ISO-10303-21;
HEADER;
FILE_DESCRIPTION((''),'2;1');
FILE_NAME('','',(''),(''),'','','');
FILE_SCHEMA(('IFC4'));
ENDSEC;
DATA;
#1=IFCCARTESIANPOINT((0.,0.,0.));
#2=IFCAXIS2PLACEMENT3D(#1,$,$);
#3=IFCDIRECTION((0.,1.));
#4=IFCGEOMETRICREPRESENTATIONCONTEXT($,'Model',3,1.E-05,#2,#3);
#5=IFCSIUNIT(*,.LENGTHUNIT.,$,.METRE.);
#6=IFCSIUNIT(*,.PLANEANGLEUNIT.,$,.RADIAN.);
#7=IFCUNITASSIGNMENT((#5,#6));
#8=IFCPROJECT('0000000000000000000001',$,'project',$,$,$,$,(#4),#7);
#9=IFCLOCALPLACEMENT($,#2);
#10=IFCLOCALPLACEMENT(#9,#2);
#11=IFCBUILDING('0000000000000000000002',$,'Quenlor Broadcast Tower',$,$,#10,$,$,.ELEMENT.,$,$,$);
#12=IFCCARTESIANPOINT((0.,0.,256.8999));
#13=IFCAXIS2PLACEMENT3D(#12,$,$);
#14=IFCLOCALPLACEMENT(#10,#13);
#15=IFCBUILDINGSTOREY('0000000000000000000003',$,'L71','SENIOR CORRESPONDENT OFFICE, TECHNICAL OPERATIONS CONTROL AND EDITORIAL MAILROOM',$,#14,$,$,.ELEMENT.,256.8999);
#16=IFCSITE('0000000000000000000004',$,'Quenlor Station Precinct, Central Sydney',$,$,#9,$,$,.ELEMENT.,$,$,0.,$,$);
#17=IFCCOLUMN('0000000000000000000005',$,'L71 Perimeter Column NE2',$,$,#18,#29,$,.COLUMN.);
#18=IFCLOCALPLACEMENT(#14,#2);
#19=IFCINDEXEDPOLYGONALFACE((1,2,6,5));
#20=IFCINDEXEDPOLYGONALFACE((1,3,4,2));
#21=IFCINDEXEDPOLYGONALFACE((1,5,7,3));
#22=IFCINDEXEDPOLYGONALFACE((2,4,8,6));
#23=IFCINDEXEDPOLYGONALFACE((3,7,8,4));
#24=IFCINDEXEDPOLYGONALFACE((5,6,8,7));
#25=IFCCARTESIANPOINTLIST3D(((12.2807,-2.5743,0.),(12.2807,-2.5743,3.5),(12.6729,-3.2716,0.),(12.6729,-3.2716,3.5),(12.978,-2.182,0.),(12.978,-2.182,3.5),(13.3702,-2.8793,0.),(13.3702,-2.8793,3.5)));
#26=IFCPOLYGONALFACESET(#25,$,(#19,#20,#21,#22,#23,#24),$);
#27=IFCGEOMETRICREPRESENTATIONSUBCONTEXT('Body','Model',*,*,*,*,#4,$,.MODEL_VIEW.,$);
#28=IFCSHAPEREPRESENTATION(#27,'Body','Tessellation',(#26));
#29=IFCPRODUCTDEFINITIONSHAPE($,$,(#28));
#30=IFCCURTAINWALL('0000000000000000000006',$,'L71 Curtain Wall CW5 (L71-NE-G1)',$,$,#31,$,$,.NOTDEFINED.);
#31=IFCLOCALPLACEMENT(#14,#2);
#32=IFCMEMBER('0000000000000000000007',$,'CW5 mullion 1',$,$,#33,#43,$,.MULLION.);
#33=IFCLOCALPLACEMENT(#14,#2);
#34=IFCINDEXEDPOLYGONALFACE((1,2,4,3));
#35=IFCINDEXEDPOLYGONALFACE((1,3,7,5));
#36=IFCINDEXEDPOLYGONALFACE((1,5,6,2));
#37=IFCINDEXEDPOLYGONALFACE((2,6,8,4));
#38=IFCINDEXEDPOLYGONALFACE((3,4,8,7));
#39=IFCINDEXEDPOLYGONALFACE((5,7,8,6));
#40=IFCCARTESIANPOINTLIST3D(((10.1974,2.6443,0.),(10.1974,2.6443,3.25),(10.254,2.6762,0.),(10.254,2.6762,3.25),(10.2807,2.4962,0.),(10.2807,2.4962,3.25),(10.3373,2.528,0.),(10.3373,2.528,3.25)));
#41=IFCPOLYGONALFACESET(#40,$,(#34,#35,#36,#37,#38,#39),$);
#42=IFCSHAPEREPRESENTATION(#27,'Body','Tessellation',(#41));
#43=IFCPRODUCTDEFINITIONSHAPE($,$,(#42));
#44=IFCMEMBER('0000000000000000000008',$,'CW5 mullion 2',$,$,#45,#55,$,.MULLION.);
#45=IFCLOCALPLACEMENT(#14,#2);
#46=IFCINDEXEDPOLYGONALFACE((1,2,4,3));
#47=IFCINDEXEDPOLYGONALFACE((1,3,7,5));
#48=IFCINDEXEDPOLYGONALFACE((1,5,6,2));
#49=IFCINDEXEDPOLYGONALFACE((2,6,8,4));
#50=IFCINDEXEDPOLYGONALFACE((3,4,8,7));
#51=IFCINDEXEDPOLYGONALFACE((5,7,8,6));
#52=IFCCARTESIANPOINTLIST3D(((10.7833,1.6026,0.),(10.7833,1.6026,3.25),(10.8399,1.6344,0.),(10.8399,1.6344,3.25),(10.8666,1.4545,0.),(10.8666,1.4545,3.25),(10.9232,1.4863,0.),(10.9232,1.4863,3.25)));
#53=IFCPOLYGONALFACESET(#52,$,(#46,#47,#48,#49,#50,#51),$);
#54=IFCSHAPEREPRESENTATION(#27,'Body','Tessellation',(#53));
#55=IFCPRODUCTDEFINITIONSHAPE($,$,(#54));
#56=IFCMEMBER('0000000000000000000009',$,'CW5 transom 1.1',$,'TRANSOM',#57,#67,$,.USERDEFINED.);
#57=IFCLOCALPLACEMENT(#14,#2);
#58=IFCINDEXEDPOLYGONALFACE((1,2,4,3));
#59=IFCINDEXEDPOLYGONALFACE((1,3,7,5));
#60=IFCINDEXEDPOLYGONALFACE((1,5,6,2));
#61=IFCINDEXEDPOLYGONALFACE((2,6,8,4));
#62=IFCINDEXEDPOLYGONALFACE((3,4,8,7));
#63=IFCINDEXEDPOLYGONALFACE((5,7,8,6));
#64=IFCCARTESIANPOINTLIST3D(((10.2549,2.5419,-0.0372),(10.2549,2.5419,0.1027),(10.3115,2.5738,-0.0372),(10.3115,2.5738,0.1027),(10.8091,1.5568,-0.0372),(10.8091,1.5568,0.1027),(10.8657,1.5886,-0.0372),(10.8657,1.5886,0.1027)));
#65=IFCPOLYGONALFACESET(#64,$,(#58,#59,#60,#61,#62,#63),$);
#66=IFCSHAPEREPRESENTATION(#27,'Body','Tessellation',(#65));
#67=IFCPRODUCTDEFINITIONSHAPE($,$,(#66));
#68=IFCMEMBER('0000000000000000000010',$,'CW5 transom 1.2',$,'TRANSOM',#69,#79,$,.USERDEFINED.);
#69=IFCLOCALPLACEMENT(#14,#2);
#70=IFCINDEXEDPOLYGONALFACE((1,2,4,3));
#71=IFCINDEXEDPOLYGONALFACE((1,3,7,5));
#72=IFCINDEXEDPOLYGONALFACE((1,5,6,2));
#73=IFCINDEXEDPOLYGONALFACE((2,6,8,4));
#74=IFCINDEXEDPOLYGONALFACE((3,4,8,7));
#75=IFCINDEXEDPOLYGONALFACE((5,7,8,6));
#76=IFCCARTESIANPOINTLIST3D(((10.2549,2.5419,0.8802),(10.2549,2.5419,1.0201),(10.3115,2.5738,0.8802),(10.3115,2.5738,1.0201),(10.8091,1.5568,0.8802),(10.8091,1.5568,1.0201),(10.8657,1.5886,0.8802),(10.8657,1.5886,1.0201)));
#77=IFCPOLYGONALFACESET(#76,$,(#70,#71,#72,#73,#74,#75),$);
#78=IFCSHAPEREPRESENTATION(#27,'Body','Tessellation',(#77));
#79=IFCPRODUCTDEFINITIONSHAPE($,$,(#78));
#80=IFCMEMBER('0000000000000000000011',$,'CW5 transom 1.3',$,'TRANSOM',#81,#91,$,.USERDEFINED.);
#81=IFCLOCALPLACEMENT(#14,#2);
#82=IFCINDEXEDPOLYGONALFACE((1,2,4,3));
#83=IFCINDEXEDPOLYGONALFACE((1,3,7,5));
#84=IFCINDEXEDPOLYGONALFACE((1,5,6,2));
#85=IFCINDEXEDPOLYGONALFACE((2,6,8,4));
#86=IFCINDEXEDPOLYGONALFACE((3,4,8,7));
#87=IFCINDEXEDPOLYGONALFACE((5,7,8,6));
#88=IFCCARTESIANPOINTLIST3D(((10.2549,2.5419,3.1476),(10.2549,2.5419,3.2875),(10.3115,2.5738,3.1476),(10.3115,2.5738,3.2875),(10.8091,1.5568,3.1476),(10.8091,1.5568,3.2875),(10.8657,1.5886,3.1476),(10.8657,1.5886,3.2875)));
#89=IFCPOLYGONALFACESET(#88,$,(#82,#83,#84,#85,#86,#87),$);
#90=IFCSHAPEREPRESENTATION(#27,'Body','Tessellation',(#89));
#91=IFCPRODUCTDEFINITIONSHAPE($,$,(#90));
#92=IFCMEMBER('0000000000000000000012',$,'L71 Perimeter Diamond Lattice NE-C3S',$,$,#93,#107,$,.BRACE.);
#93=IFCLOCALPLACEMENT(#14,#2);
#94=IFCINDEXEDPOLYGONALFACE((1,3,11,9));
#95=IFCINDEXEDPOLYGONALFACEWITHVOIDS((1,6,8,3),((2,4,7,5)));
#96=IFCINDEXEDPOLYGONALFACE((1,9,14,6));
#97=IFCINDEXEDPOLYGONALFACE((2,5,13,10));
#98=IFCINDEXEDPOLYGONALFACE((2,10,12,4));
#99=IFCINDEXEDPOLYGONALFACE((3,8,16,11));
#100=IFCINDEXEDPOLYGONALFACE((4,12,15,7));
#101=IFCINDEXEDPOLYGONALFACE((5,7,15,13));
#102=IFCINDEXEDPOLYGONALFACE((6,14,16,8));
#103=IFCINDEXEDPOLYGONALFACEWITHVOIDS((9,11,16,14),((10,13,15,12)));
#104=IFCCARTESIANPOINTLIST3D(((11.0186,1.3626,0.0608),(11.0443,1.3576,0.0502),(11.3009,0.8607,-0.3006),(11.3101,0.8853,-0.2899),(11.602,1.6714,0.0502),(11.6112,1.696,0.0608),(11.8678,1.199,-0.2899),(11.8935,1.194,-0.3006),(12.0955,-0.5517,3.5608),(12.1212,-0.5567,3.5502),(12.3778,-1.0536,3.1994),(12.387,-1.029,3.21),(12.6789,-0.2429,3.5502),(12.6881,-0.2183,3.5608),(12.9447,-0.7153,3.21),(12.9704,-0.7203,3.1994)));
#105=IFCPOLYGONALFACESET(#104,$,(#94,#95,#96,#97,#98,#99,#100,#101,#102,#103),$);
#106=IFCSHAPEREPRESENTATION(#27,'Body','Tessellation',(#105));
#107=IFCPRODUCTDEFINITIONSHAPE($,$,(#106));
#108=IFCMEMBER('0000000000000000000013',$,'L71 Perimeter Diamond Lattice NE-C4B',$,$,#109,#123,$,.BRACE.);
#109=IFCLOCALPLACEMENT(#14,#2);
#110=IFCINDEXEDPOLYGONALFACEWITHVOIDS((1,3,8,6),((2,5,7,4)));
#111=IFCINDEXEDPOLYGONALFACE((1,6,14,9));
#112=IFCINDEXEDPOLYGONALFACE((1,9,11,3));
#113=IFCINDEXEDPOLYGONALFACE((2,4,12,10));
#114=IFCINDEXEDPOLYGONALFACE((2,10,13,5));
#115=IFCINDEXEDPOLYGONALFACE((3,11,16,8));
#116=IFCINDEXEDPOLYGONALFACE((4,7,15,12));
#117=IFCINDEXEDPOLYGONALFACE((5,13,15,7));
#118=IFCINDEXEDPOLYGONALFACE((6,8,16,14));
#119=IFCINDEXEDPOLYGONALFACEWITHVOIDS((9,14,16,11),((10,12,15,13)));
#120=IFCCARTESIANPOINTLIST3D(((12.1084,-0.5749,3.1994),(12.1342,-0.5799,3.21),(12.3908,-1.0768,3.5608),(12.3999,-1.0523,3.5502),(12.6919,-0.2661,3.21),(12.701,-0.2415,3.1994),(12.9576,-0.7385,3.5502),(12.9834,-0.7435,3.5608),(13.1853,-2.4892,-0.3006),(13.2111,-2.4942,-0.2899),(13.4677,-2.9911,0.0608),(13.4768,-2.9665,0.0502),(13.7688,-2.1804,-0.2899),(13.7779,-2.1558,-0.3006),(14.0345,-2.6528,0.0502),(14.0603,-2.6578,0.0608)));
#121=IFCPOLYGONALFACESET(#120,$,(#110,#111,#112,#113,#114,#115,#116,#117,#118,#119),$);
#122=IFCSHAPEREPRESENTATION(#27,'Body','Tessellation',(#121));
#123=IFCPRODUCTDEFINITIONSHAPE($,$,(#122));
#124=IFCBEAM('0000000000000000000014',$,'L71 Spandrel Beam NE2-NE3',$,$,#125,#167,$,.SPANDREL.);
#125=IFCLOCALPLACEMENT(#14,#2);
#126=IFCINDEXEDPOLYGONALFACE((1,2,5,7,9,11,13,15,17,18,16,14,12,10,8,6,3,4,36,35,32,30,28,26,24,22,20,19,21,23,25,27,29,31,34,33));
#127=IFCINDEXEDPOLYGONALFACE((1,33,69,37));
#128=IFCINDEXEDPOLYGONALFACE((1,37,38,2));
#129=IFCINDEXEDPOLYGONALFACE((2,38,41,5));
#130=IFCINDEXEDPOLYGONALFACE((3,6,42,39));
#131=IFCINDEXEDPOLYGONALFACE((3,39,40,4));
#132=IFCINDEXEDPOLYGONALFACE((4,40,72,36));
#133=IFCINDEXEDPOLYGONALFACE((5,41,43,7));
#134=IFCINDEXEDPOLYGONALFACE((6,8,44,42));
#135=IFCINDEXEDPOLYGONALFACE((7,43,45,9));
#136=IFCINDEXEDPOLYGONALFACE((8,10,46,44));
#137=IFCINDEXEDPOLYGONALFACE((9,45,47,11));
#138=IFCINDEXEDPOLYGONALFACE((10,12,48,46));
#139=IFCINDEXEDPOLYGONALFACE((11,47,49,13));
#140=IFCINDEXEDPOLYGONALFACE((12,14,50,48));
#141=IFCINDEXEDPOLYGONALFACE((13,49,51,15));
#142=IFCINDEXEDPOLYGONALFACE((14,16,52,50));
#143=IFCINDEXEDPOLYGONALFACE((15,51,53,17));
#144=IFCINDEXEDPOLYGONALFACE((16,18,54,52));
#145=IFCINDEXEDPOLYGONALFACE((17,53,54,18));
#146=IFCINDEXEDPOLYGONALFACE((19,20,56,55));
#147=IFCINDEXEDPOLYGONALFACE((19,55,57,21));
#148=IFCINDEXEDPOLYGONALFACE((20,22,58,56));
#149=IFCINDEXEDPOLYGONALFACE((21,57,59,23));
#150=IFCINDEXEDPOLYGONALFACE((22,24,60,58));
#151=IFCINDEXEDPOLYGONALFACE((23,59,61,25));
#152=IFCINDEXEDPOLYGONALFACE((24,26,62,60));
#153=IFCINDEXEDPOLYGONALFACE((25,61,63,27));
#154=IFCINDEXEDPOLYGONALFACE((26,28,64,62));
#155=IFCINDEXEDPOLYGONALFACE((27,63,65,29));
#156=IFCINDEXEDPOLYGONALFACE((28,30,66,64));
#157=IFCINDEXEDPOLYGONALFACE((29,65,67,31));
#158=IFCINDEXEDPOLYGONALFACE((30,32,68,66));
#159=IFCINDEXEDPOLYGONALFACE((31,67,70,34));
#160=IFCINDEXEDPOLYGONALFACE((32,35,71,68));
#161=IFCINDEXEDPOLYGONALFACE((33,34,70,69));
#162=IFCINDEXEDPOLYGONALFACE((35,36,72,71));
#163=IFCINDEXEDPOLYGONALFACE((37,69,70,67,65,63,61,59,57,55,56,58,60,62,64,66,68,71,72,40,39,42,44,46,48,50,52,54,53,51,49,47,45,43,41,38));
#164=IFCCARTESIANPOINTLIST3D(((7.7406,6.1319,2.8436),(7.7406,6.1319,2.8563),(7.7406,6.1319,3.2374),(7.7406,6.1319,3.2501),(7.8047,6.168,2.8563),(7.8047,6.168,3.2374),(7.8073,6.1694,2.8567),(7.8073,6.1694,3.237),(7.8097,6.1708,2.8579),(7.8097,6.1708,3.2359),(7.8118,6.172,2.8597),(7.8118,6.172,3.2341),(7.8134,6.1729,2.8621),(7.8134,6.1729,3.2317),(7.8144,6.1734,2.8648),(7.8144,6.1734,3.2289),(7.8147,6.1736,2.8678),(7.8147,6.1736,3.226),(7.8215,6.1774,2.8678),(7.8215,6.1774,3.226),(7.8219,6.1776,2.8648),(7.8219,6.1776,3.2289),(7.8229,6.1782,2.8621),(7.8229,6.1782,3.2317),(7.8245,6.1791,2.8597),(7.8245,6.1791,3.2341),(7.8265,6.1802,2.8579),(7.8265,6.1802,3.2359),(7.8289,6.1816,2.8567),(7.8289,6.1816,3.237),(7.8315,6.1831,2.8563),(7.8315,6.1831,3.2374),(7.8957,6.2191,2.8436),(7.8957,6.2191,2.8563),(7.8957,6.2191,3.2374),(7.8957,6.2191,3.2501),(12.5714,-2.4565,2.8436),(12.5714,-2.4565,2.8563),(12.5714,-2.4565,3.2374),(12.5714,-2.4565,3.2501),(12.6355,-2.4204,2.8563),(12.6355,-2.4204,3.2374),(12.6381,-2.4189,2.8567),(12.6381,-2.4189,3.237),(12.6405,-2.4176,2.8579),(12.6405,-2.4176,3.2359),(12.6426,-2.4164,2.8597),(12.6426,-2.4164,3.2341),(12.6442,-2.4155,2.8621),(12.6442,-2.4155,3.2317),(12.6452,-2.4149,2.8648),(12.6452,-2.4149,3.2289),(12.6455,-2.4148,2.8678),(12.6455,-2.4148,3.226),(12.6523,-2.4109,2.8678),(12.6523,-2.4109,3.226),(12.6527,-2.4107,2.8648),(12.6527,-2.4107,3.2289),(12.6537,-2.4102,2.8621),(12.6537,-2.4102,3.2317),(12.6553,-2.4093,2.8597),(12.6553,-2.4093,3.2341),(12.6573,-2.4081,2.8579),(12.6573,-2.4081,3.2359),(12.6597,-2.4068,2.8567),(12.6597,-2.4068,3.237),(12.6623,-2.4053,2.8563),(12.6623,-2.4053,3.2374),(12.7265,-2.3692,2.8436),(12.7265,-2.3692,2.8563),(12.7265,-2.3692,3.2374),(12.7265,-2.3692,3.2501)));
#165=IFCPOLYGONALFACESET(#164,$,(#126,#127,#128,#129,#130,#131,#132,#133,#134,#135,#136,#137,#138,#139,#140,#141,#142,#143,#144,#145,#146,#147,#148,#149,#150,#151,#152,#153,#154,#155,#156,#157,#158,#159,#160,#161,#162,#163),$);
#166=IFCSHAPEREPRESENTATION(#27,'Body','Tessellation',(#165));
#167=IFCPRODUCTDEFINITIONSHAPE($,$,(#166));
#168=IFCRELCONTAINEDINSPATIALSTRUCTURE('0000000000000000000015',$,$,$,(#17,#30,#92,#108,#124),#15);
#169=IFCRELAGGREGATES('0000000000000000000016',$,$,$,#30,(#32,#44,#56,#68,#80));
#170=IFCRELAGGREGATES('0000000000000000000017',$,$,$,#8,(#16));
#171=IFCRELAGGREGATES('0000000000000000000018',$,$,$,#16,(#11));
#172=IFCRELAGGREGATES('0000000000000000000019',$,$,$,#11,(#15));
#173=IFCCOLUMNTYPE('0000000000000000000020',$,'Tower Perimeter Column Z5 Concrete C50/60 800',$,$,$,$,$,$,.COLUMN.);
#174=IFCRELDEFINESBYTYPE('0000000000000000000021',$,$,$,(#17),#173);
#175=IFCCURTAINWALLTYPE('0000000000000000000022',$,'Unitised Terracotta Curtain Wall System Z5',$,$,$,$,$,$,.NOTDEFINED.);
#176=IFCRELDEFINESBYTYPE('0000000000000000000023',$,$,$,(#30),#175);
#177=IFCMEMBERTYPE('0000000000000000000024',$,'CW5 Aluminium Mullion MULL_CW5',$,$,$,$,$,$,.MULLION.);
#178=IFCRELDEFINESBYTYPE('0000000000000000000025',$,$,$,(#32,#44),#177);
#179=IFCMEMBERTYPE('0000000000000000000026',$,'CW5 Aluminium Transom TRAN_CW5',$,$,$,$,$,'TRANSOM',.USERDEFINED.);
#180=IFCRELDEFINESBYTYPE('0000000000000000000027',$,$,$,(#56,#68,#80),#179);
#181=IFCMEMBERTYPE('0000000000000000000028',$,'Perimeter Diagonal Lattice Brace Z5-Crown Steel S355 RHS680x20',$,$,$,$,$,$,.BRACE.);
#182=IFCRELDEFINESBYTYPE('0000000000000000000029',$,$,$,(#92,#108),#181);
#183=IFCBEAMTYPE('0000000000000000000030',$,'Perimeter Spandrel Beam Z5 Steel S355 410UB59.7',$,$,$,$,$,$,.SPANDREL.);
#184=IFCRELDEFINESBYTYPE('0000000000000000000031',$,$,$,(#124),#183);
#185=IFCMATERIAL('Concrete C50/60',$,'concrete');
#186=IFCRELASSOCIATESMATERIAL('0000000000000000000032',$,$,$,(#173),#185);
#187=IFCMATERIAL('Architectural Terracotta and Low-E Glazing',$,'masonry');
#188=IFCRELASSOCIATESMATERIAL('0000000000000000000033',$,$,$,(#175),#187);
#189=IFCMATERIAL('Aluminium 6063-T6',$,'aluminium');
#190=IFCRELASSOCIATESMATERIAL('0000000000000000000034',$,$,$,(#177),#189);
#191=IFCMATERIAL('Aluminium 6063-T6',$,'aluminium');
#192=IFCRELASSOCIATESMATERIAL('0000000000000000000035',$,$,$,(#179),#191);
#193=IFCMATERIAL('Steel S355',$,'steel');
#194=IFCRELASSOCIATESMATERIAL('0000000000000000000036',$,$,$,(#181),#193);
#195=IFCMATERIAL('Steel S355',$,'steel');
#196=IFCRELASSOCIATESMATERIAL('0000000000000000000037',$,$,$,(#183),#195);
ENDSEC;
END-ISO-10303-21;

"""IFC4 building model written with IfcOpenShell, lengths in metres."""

from ifc_helpers import new_model, si_unit, direction, frame, origin, origin_2d, place, context, subcontext, project, spatial, rectangle, hollow_rectangle, i_section, extrude, material, material_profile, profile_set, type_object, element, aggregate, save


model = new_model("IFC4")

# Units and contexts
model_context = context("Model", 3, precision=1e-05, world=origin(), true_north=direction((0.0, 1.0)))
body_context = subcontext(model_context, "Body", "Model", "MODEL_VIEW")
ifc_project = project(units=[si_unit("LENGTHUNIT", "METRE"), si_unit("PLANEANGLEUNIT", "RADIAN")], contexts=[model_context])

# Site, building, storey
site_placement = place(None, origin())
site = spatial("IfcSite", under=ifc_project, at=site_placement, Name="Quenlor Station Precinct, Central Sydney", CompositionType="ELEMENT", RefElevation=0.0)
building_placement = place(site_placement, origin())
building = spatial("IfcBuilding", under=site, at=building_placement, Name="Quenlor Broadcast Tower", CompositionType="ELEMENT")
storey_placement = place(building_placement, frame((0.0, 0.0, 256.8999)))
storey = spatial("IfcBuildingStorey", under=building, at=storey_placement, Name="L71", Description="SENIOR CORRESPONDENT OFFICE, TECHNICAL OPERATIONS CONTROL AND EDITORIAL MAILROOM", CompositionType="ELEMENT", Elevation=256.8999)

# Column
ifc_material_1 = material(Name="Concrete C50/60", Category="concrete")
ifc_material_profile_1 = material_profile(ifc_material_1, rectangle(XDim=0.8, YDim=0.8, at=origin_2d()))
ifc_profile_set_1 = profile_set([ifc_material_profile_1], Name="Concrete C50/60 RC800x800")
column_type = type_object("IfcColumnType", Name="Tower Perimeter Column Z5 Concrete C50/60 800", PredefinedType="COLUMN", material=ifc_profile_set_1)
column_placement = place(storey_placement, frame((12.8254, -2.7268, 0.0), z_axis=(0.0, 0.0, 1.0), x_axis=(0.871575, 0.490262, 0.0)))
element("IfcColumn", 1, at=column_placement, inside=storey, type_object=column_type, Name="L71 Perimeter Column NE2", PredefinedType="COLUMN", context=body_context, shape_type="SweptSolid", body=[
    extrude(rectangle(XDim=0.8, YDim=0.8, at=origin_2d()), origin(), (0.0, 0.0, 1.0), 3.5),
])

# Curtain wall, members
ifc_material_2 = material(Name="Architectural Terracotta and Low-E Glazing", Category="masonry")
curtain_wall_type = type_object("IfcCurtainWallType", Name="Unitised Terracotta Curtain Wall System Z5", PredefinedType="NOTDEFINED", material=ifc_material_2)
curtain_wall_placement = place(storey_placement, origin())
curtain_wall = element("IfcCurtainWall", 2, at=curtain_wall_placement, inside=storey, type_object=curtain_wall_type, Name="L71 Curtain Wall CW5 (L71-NE-G1)", PredefinedType="NOTDEFINED")
ifc_material_3 = material(Name="Aluminium 6063-T6", Category="aluminium")
ifc_material_profile_2 = material_profile(ifc_material_3, rectangle(XDim=0.0649, YDim=0.1699, at=origin_2d()))
ifc_profile_set_2 = profile_set([ifc_material_profile_2], Name="Aluminium 6063-T6 MULL65x170")
member_type_1 = type_object("IfcMemberType", Name="CW5 Aluminium Mullion MULL_CW5", PredefinedType="MULLION", material=ifc_profile_set_2)
member_1_placement = place(storey_placement, frame((10.2673, 2.5862, 0.0), z_axis=(0.0, 0.0, 1.0), x_axis=(0.871592, 0.490231, 0.0)))
member_1 = element("IfcMember", 3, at=member_1_placement, type_object=member_type_1, Name="CW5 mullion 1", PredefinedType="MULLION", context=body_context, shape_type="SweptSolid", body=[
    extrude(rectangle(XDim=0.0649, YDim=0.1699, at=origin_2d()), origin(), (0.0, 0.0, 1.0), 3.25),
])
member_2_placement = place(storey_placement, frame((10.8533, 1.5444, 0.0), z_axis=(0.0, 0.0, 1.0), x_axis=(0.871592, 0.490231, 0.0)))
member_2 = element("IfcMember", 4, at=member_2_placement, type_object=member_type_1, Name="CW5 mullion 2", PredefinedType="MULLION", context=body_context, shape_type="SweptSolid", body=[
    extrude(rectangle(XDim=0.0649, YDim=0.1699, at=origin_2d()), origin(), (0.0, 0.0, 1.0), 3.25),
])
ifc_material_4 = material(Name="Aluminium 6063-T6", Category="aluminium")
ifc_material_profile_3 = material_profile(ifc_material_4, rectangle(XDim=0.0649, YDim=0.1399, at=origin_2d()))
ifc_profile_set_3 = profile_set([ifc_material_profile_3], Name="Aluminium 6063-T6 TRAN65x140")
member_type_2 = type_object("IfcMemberType", Name="CW5 Aluminium Transom TRAN_CW5", ElementType="TRANSOM", PredefinedType="USERDEFINED", material=ifc_profile_set_3)
member_3_placement = place(storey_placement, frame((10.2832, 2.5579, 0.0327), z_axis=(0.490313, -0.871547, 0.0), x_axis=(0.871547, 0.490313, 0.0)))
member_3 = element("IfcMember", 5, at=member_3_placement, type_object=member_type_2, Name="CW5 transom 1.1", ObjectType="TRANSOM", PredefinedType="USERDEFINED", context=body_context, shape_type="SweptSolid", body=[
    extrude(rectangle(XDim=0.0649, YDim=0.1399, at=origin_2d()), origin(), (0.0, 0.0, 1.0), 1.1304),
])
member_4_placement = place(storey_placement, frame((10.2832, 2.5579, 0.9502), z_axis=(0.490313, -0.871547, 0.0), x_axis=(0.871547, 0.490313, 0.0)))
member_4 = element("IfcMember", 6, at=member_4_placement, type_object=member_type_2, Name="CW5 transom 1.2", ObjectType="TRANSOM", PredefinedType="USERDEFINED", context=body_context, shape_type="SweptSolid", body=[
    extrude(rectangle(XDim=0.0649, YDim=0.1399, at=origin_2d()), origin(), (0.0, 0.0, 1.0), 1.1304),
])
member_5_placement = place(storey_placement, frame((10.2832, 2.5579, 3.2175), z_axis=(0.490313, -0.871547, 0.0), x_axis=(0.871547, 0.490313, 0.0)))
member_5 = element("IfcMember", 7, at=member_5_placement, type_object=member_type_2, Name="CW5 transom 1.3", ObjectType="TRANSOM", PredefinedType="USERDEFINED", context=body_context, shape_type="SweptSolid", body=[
    extrude(rectangle(XDim=0.0649, YDim=0.1399, at=origin_2d()), origin(), (0.0, 0.0, 1.0), 1.1304),
])

# Members
ifc_material_5 = material(Name="Steel S355", Category="steel")
ifc_material_profile_4 = material_profile(ifc_material_5, hollow_rectangle(XDim=0.6799, YDim=0.6799, WallThickness=0.02, at=origin_2d()))
ifc_profile_set_4 = profile_set([ifc_material_profile_4], Name="Steel S355 RHS680x680x20")
member_type_3 = type_object("IfcMemberType", Name="Perimeter Diagonal Lattice Brace Z5-Crown Steel S355 RHS680x20", PredefinedType="BRACE", material=ifc_profile_set_4)
for number, where, z_axis, x_axis, name in (
    (8, (11.4561, 1.2783, -0.1199), (0.260619, -0.463276, 0.847026), (0.871555, 0.490298, 0.0), "L71 Perimeter Diamond Lattice NE-C3S"),
    (9, (13.6228, -2.5735, -0.1199), (-0.260619, 0.463276, 0.847026), (-0.871555, -0.490298, 0.0), "L71 Perimeter Diamond Lattice NE-C4B"),
):
    element("IfcMember", number, at=place(storey_placement, frame(where, z_axis=z_axis, x_axis=x_axis)), inside=storey, type_object=member_type_3, Name=name, PredefinedType="BRACE", context=body_context, shape_type="SweptSolid", body=[
        extrude(hollow_rectangle(XDim=0.6799, YDim=0.6799, WallThickness=0.02, at=origin_2d()), origin(), (0.0, 0.0, 1.0), 4.1321),
    ])

# Beam
ifc_material_6 = material(Name="Steel S355", Category="steel")
ifc_material_profile_5 = material_profile(ifc_material_6, i_section(OverallWidth=0.178, OverallDepth=0.4065, WebThickness=0.0078, FlangeThickness=0.0127, FilletRadius=0.0115, at=origin_2d()))
ifc_profile_set_5 = profile_set([ifc_material_profile_5], Name="Steel S355 410UB59.7")
beam_type_1 = type_object("IfcBeamType", Name="Perimeter Spandrel Beam Z5 Steel S355 410UB59.7", PredefinedType="SPANDREL", material=ifc_profile_set_5)
beam_1_placement = place(storey_placement, frame((12.6489, -2.4128, 3.0469), z_axis=(-0.490249, 0.871582, 0.0), x_axis=(-0.871582, -0.490249, 0.0)))
element("IfcBeam", 10, at=beam_1_placement, inside=storey, type_object=beam_type_1, Name="L71 Spandrel Beam NE2-NE3", PredefinedType="SPANDREL", context=body_context, shape_type="SweptSolid", body=[
    extrude(i_section(OverallWidth=0.178, OverallDepth=0.4065, WebThickness=0.0078, FlangeThickness=0.0127, FilletRadius=0.0115, at=origin_2d()), origin(), (0.0, 0.0, 1.0), 9.8538),
])

aggregate(curtain_wall, [member_1, member_2, member_3, member_4, member_5])

save(model, "model.ifc")
